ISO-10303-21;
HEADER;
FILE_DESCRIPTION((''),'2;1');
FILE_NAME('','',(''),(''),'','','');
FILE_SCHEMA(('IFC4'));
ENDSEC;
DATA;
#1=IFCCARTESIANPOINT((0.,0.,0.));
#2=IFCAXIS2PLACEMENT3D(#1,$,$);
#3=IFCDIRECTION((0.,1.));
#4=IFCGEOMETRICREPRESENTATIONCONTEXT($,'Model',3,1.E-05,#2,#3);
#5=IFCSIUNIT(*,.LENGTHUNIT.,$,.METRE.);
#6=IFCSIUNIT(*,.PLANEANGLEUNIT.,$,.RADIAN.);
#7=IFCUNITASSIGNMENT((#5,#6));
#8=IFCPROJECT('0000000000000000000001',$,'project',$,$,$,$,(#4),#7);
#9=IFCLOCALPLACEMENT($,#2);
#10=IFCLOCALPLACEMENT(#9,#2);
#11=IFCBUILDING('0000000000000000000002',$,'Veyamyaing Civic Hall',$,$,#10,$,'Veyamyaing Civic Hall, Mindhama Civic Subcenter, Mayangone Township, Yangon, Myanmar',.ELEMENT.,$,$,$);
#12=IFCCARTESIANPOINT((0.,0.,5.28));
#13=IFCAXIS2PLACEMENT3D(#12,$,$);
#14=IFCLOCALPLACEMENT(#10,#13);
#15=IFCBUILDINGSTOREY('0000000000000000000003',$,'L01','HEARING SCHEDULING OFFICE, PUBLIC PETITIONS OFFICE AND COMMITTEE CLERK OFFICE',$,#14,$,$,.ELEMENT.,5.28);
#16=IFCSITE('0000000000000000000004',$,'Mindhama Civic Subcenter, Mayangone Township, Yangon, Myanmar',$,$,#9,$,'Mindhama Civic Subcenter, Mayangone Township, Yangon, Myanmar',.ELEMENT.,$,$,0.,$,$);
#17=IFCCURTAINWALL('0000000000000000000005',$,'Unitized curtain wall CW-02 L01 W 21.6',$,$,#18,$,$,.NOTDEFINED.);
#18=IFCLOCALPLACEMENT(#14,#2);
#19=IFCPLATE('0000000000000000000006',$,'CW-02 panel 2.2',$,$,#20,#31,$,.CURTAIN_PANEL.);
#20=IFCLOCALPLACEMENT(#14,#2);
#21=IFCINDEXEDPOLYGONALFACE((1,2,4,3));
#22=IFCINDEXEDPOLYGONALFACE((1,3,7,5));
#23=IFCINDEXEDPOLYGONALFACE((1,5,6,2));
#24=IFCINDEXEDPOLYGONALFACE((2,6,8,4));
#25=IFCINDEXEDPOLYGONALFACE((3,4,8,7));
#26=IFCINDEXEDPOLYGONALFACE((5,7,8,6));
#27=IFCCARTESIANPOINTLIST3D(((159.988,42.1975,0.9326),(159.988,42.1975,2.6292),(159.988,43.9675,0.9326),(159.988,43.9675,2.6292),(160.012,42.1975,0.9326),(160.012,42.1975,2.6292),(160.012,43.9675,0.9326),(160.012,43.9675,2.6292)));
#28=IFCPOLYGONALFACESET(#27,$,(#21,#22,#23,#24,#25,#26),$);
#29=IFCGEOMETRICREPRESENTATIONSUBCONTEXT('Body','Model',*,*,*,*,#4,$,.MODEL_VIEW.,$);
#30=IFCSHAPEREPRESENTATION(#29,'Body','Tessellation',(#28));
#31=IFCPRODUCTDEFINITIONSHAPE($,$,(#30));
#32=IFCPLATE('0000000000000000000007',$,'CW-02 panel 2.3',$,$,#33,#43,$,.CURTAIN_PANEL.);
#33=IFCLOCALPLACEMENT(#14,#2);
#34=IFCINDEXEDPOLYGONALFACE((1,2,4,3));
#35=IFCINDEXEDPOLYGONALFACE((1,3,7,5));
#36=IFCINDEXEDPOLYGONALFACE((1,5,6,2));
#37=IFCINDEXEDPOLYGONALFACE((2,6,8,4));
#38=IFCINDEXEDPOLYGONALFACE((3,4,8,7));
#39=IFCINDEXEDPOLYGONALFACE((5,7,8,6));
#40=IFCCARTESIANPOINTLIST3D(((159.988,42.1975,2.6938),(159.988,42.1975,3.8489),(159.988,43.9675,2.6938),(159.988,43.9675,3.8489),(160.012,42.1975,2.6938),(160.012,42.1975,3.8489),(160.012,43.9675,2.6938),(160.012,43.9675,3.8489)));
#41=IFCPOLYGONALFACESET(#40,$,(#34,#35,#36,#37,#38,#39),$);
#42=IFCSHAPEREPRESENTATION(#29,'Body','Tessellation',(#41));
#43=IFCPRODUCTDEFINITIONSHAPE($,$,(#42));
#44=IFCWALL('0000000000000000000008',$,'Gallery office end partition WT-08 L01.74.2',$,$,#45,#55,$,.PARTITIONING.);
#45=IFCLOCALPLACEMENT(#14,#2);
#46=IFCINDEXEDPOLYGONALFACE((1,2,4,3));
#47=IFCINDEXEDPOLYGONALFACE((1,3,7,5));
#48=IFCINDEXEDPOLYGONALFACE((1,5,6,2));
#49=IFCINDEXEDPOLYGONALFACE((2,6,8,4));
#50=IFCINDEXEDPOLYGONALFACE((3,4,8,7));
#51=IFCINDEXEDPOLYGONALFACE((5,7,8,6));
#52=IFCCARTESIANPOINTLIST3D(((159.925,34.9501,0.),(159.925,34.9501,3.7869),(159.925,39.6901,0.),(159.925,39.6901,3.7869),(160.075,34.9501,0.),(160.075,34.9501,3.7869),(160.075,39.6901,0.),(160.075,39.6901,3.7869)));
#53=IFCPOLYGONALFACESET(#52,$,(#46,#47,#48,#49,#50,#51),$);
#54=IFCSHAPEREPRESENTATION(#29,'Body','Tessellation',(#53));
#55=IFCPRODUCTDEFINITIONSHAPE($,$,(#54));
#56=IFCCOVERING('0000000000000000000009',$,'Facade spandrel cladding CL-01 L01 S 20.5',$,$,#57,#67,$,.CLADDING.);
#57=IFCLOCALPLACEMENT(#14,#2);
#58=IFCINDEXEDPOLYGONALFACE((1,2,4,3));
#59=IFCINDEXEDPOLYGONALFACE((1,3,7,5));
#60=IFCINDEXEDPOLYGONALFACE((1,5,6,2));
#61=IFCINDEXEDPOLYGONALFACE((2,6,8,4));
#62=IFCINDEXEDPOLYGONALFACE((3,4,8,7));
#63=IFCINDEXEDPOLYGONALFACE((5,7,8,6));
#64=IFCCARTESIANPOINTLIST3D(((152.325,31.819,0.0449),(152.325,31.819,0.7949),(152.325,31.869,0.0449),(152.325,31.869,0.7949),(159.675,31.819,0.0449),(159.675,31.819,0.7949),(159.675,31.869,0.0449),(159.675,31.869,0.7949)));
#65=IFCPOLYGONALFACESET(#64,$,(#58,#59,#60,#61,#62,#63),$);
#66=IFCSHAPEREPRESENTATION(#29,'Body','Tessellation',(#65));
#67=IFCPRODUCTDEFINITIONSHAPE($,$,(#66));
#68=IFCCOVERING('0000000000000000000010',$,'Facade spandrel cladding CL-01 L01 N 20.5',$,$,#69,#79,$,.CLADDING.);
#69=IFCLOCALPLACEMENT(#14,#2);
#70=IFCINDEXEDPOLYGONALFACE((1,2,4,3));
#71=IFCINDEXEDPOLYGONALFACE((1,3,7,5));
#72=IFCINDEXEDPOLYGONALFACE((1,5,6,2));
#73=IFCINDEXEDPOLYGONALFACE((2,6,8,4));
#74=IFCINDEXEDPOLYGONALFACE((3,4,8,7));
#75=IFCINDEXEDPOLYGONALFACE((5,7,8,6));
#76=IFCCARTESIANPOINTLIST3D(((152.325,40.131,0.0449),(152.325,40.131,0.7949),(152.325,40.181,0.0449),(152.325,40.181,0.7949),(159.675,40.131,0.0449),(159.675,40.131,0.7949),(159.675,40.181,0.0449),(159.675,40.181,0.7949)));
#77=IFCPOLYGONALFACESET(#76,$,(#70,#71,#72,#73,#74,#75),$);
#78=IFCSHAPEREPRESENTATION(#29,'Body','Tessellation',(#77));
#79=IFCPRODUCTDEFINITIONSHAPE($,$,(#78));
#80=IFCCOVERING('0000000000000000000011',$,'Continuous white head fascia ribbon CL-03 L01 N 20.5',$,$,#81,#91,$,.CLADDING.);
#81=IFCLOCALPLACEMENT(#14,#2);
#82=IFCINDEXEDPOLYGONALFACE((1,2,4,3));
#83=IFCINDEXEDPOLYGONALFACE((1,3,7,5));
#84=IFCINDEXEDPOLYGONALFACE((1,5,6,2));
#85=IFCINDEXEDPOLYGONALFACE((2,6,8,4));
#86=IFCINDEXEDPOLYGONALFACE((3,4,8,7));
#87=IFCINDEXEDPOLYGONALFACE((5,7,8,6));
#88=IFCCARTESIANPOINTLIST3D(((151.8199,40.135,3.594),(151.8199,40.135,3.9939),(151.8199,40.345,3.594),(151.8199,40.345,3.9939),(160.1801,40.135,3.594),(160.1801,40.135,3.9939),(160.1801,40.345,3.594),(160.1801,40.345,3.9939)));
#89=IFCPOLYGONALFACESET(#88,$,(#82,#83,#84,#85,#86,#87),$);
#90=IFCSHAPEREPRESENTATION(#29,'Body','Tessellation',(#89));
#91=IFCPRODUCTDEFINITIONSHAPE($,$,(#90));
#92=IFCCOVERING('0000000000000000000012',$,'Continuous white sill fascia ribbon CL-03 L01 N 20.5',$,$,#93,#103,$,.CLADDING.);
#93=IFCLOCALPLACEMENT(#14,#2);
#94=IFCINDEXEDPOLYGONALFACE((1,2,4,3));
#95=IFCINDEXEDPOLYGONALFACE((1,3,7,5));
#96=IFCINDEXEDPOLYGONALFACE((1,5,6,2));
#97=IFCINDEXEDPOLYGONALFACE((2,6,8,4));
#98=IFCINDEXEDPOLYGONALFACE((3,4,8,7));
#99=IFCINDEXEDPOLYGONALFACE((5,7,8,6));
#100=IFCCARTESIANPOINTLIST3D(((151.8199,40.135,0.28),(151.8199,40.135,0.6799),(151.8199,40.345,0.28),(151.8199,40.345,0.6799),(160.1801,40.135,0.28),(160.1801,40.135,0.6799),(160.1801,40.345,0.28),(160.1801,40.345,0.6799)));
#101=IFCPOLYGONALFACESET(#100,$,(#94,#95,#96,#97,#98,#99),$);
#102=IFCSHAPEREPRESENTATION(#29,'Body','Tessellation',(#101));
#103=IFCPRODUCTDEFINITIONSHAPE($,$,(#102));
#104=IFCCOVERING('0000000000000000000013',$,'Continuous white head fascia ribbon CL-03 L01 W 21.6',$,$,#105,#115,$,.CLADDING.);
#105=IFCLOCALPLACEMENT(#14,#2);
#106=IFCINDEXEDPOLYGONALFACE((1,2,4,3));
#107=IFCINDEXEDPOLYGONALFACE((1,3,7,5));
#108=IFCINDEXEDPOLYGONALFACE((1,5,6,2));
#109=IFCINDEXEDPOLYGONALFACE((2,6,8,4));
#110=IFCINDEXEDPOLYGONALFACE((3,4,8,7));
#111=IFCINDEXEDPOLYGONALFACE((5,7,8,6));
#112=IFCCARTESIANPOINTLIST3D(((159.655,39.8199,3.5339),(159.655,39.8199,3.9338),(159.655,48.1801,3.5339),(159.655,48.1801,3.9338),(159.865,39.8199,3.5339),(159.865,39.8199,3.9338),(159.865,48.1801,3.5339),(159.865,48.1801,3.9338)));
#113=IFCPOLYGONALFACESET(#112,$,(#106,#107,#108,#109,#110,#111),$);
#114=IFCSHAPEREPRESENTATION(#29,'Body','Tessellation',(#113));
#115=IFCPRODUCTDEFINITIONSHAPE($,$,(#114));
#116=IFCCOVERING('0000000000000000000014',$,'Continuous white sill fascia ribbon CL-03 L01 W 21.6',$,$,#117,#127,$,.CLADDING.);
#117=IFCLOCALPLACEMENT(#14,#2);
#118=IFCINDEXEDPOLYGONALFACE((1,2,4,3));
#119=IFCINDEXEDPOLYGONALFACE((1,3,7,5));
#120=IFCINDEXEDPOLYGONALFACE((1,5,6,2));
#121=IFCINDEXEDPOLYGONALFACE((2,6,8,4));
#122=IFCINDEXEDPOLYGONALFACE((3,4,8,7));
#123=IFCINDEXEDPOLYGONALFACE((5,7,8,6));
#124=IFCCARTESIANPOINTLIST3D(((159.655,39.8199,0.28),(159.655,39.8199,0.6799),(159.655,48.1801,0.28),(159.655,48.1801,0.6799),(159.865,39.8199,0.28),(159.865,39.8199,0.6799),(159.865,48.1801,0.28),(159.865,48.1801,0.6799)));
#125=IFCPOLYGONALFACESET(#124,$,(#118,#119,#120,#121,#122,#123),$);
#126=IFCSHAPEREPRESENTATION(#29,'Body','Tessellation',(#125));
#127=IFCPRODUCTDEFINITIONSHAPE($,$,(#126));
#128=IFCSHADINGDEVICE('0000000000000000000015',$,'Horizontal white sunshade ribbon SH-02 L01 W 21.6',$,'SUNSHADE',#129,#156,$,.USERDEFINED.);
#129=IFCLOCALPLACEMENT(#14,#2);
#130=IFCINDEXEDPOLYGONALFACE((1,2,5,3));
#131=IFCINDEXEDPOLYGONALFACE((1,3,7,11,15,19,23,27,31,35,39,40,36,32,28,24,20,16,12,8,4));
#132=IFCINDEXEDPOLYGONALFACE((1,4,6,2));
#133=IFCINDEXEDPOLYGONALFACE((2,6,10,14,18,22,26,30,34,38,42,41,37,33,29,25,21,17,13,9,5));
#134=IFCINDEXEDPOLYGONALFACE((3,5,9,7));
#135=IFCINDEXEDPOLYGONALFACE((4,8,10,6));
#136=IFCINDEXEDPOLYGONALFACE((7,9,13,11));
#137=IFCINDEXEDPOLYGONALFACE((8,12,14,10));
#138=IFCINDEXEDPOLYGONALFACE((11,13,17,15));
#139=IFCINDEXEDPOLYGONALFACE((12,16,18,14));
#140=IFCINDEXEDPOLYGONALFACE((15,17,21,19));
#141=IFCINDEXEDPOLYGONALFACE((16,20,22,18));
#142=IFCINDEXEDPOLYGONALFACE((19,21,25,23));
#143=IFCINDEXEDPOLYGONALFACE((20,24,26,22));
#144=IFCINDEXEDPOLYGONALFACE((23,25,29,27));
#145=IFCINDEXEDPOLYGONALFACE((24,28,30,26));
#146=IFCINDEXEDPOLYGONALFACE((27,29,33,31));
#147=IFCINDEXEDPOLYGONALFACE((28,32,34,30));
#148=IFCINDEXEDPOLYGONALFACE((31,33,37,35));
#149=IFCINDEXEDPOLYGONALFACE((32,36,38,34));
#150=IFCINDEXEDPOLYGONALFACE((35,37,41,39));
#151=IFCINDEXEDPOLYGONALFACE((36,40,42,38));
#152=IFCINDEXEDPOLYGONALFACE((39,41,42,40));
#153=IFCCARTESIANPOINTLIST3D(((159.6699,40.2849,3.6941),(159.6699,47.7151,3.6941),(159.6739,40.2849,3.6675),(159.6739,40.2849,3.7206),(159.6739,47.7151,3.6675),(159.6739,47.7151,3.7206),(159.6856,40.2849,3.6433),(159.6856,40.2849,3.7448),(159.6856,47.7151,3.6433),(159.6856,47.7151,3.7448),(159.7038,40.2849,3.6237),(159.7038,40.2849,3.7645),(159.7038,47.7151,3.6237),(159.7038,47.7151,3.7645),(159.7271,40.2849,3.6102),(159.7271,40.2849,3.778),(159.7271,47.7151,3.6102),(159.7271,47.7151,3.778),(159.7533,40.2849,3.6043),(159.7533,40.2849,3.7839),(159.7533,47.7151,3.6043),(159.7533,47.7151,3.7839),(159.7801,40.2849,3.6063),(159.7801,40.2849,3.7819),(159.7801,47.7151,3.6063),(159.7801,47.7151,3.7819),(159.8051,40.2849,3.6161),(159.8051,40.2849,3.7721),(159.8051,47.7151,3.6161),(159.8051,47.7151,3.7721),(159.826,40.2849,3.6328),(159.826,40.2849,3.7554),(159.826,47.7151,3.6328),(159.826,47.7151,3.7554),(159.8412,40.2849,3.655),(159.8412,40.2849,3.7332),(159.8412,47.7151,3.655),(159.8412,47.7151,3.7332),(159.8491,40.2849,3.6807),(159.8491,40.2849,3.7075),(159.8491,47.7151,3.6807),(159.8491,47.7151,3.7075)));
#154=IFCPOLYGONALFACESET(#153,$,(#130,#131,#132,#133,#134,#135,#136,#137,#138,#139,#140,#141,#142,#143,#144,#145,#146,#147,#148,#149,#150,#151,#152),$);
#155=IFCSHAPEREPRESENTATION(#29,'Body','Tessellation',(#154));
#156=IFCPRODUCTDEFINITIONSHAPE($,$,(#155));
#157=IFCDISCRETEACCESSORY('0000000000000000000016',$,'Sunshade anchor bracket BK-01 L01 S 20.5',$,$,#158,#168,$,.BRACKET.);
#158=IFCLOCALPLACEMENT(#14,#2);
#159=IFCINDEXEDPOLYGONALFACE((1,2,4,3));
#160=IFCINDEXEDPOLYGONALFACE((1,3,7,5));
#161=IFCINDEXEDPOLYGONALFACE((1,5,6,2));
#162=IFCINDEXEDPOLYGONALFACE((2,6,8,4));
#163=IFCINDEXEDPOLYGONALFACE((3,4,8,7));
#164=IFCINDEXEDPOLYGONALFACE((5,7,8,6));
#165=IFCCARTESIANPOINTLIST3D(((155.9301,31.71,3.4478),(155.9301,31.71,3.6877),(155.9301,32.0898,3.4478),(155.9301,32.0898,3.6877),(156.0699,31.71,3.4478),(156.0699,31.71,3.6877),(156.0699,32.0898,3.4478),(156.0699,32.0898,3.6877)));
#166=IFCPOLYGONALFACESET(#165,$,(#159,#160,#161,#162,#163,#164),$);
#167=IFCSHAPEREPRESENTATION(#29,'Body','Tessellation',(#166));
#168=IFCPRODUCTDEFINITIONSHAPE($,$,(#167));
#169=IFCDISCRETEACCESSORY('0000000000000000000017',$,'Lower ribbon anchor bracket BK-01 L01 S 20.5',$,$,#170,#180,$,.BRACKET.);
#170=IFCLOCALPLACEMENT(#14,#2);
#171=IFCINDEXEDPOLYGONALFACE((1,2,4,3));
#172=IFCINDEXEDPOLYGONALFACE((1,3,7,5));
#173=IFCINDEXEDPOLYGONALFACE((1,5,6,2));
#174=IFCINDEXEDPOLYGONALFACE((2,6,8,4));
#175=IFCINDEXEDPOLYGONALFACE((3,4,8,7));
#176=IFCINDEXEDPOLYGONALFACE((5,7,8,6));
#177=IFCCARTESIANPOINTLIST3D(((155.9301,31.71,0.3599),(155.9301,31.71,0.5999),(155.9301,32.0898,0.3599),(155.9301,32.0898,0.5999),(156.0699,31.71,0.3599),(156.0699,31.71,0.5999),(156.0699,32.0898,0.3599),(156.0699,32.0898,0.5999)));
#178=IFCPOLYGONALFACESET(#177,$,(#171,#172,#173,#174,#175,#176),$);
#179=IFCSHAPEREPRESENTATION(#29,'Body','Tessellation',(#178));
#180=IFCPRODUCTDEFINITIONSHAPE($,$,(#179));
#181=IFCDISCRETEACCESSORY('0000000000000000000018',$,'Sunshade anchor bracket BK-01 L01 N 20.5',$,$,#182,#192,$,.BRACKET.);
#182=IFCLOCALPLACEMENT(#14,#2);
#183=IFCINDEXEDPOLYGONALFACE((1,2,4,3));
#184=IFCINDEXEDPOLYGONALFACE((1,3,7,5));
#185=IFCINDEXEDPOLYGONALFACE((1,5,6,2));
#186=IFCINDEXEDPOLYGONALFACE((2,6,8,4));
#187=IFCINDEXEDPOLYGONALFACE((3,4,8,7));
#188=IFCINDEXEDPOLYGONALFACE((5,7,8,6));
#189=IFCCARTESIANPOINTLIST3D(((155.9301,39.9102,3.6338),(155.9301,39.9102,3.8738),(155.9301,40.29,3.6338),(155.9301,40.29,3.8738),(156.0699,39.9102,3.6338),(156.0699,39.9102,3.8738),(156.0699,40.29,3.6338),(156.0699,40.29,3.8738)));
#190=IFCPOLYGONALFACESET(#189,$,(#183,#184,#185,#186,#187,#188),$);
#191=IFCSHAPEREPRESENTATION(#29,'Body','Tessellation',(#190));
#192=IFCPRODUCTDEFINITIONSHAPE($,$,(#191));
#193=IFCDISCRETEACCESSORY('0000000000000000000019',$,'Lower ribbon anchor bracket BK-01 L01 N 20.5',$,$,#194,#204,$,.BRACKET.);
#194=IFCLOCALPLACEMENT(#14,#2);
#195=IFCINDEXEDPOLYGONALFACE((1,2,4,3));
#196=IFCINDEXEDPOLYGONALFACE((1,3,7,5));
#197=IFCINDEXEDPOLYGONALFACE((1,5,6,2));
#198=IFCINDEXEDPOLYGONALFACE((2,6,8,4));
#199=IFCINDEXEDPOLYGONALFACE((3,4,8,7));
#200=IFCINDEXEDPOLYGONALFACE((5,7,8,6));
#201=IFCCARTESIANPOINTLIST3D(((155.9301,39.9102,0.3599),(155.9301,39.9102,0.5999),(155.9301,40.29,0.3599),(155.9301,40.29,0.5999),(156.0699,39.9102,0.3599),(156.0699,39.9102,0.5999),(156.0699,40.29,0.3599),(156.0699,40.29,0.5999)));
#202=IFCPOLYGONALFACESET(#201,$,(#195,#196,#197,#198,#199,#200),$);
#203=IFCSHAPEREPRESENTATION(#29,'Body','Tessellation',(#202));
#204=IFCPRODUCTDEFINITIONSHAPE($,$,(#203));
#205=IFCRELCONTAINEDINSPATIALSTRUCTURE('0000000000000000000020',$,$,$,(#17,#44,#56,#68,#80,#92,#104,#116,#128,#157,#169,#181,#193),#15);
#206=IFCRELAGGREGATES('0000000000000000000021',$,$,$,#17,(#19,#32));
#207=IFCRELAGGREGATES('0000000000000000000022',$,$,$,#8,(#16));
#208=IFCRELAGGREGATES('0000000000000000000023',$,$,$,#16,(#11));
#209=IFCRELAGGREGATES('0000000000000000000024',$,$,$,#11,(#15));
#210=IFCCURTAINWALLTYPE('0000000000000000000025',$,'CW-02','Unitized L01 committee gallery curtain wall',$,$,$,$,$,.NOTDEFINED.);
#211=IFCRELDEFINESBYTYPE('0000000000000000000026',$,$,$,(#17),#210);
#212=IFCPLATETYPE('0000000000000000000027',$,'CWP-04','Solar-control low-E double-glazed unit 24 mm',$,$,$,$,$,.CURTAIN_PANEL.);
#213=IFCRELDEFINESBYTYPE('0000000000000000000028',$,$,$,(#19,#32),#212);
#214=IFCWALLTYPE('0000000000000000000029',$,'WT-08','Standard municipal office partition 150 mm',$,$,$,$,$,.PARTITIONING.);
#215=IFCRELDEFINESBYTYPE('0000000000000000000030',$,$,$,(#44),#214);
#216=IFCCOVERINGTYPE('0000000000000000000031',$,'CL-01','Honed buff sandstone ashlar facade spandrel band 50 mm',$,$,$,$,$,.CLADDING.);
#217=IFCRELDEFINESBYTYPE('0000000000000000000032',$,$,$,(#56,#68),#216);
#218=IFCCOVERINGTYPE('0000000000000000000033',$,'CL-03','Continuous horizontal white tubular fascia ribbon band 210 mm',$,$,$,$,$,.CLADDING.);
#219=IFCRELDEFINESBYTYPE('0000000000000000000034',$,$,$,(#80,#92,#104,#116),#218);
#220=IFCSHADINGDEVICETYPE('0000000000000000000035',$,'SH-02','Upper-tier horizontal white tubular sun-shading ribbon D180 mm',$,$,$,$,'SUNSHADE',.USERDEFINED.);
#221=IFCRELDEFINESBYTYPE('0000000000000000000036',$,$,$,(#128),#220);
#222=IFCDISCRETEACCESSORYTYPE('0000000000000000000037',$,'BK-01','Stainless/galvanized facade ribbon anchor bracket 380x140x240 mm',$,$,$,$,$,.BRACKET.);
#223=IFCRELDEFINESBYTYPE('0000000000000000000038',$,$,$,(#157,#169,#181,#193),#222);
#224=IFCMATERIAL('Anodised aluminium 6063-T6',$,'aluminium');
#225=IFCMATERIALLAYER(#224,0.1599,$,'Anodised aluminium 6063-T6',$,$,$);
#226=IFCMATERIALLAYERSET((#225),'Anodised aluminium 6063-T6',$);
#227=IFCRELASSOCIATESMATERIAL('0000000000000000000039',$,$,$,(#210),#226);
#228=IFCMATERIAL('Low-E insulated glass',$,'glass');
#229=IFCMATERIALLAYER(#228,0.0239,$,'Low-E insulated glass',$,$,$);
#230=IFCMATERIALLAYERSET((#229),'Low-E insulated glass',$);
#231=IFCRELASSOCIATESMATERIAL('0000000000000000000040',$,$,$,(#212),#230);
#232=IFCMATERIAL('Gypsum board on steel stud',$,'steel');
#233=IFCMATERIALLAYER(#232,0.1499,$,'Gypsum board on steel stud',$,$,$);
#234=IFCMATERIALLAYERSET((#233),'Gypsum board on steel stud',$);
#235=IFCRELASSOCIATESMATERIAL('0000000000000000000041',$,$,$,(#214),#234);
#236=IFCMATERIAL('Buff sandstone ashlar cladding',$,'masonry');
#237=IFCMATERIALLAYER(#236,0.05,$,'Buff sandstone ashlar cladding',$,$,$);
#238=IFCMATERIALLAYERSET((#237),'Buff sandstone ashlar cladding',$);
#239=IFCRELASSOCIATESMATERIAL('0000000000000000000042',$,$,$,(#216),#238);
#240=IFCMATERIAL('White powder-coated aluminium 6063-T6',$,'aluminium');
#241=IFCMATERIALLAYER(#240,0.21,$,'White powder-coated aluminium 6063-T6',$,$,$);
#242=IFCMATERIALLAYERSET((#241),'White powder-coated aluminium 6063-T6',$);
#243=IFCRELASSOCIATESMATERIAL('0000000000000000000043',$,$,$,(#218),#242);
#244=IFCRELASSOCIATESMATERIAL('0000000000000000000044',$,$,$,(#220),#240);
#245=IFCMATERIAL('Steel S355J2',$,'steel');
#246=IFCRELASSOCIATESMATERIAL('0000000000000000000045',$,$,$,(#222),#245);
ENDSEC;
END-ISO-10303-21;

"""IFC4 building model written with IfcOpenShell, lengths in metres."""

from ifc_helpers import new_model, si_unit, direction, frame, frame_2d, origin, origin_2d, place, context, subcontext, project, spatial, rectangle, circle, extrude, material, layer, layer_set, material_profile, profile_set, type_object, element, aggregate, save


model = new_model("IFC4")

# Units and contexts
model_context = context("Model", 3, precision=1e-05, world=origin(), true_north=direction((0.0, 1.0)))
body_context = subcontext(model_context, "Body", "Model", "MODEL_VIEW")
ifc_project = project(units=[si_unit("LENGTHUNIT", "METRE"), si_unit("PLANEANGLEUNIT", "RADIAN")], contexts=[model_context])

# Site, building, storey
site_placement = place(None, origin())
site = spatial("IfcSite", under=ifc_project, at=site_placement, Name="Mindhama Civic Subcenter, Mayangone Township, Yangon, Myanmar", LongName="Mindhama Civic Subcenter, Mayangone Township, Yangon, Myanmar", CompositionType="ELEMENT", RefElevation=0.0)
building_placement = place(site_placement, origin())
building = spatial("IfcBuilding", under=site, at=building_placement, Name="Veyamyaing Civic Hall", LongName="Veyamyaing Civic Hall, Mindhama Civic Subcenter, Mayangone Township, Yangon, Myanmar", CompositionType="ELEMENT")
storey_placement = place(building_placement, frame((0.0, 0.0, 5.28)))
storey = spatial("IfcBuildingStorey", under=building, at=storey_placement, Name="L01", Description="HEARING SCHEDULING OFFICE, PUBLIC PETITIONS OFFICE AND COMMITTEE CLERK OFFICE", CompositionType="ELEMENT", Elevation=5.28)

# Curtain wall
ifc_material_1 = material(Name="Anodised aluminium 6063-T6", Category="aluminium")
ifc_layer_1 = layer(ifc_material_1, 0.1599, Name="Anodised aluminium 6063-T6")
ifc_layer_set_1 = layer_set([ifc_layer_1], Name="Anodised aluminium 6063-T6")
curtain_wall_type = type_object("IfcCurtainWallType", Name="CW-02", Description="Unitized L01 committee gallery curtain wall", PredefinedType="NOTDEFINED", material=ifc_layer_set_1)
curtain_wall_placement = place(storey_placement, origin())
curtain_wall = element("IfcCurtainWall", 1, at=curtain_wall_placement, inside=storey, type_object=curtain_wall_type, Name="Unitized curtain wall CW-02 L01 W 21.6", PredefinedType="NOTDEFINED")

# Plates
ifc_material_2 = material(Name="Low-E insulated glass", Category="glass")
ifc_layer_2 = layer(ifc_material_2, 0.0239, Name="Low-E insulated glass")
ifc_layer_set_2 = layer_set([ifc_layer_2], Name="Low-E insulated glass")
plate_type = type_object("IfcPlateType", Name="CWP-04", Description="Solar-control low-E double-glazed unit 24 mm", PredefinedType="CURTAIN_PANEL", material=ifc_layer_set_2)
plate_1_placement = place(storey_placement, frame((160.0, 43.0825, 0.9326), z_axis=(0.0, 0.0, 1.0), x_axis=(0.0, 1.0, 0.0)))
plate_1 = element("IfcPlate", 2, at=plate_1_placement, type_object=plate_type, Name="CW-02 panel 2.2", PredefinedType="CURTAIN_PANEL", context=body_context, shape_type="SweptSolid", body=[
    extrude(rectangle(XDim=1.77, YDim=0.0239, at=origin_2d()), origin(), (0.0, 0.0, 1.0), 1.6965),
])
plate_2_placement = place(storey_placement, frame((160.0, 43.0825, 2.6938), z_axis=(0.0, 0.0, 1.0), x_axis=(0.0, 1.0, 0.0)))
plate_2 = element("IfcPlate", 3, at=plate_2_placement, type_object=plate_type, Name="CW-02 panel 2.3", PredefinedType="CURTAIN_PANEL", context=body_context, shape_type="SweptSolid", body=[
    extrude(rectangle(XDim=1.77, YDim=0.0239, at=origin_2d()), origin(), (0.0, 0.0, 1.0), 1.155),
])
aggregate(curtain_wall, [plate_1, plate_2])

# Wall
ifc_material_3 = material(Name="Gypsum board on steel stud", Category="steel")
ifc_layer_3 = layer(ifc_material_3, 0.1499, Name="Gypsum board on steel stud")
ifc_layer_set_3 = layer_set([ifc_layer_3], Name="Gypsum board on steel stud")
wall_type = type_object("IfcWallType", Name="WT-08", Description="Standard municipal office partition 150 mm", PredefinedType="PARTITIONING", material=ifc_layer_set_3)
wall_placement = place(storey_placement, frame((160.0, 34.95, 0.0), z_axis=(0.0, 0.0, 1.0), x_axis=(0.0, 1.0, 0.0)))
element("IfcWall", 4, at=wall_placement, inside=storey, type_object=wall_type, Name="Gallery office end partition WT-08 L01.74.2", PredefinedType="PARTITIONING", context=body_context, shape_type="SweptSolid", body=[
    extrude(rectangle(XDim=4.74, YDim=0.1499, at=frame_2d((2.3701, 0.0))), origin(), (0.0, 0.0, 1.0), 3.7869),
])

# Coverings
ifc_material_4 = material(Name="Buff sandstone ashlar cladding", Category="masonry")
ifc_layer_4 = layer(ifc_material_4, 0.05, Name="Buff sandstone ashlar cladding")
ifc_layer_set_4 = layer_set([ifc_layer_4], Name="Buff sandstone ashlar cladding")
covering_type_1 = type_object("IfcCoveringType", Name="CL-01", Description="Honed buff sandstone ashlar facade spandrel band 50 mm", PredefinedType="CLADDING", material=ifc_layer_set_4)
for number, where, z_axis, x_axis, name in (
    (5, (156.0, 31.844, 0.0449), (0.0, 0.0, 1.0), (1.0, 0.0, 0.0), "Facade spandrel cladding CL-01 L01 S 20.5"),
    (6, (156.0, 40.156, 0.0449), (0.0, 0.0, 1.0), (1.0, 0.0, 0.0), "Facade spandrel cladding CL-01 L01 N 20.5"),
):
    element("IfcCovering", number, at=place(storey_placement, frame(where, z_axis=z_axis, x_axis=x_axis)), inside=storey, type_object=covering_type_1, Name=name, PredefinedType="CLADDING", context=body_context, shape_type="SweptSolid", body=[
        extrude(rectangle(XDim=7.3501, YDim=0.05, at=origin_2d()), origin(), (0.0, 0.0, 1.0), 0.75),
    ])
ifc_material_5 = material(Name="White powder-coated aluminium 6063-T6", Category="aluminium")
ifc_layer_5 = layer(ifc_material_5, 0.21, Name="White powder-coated aluminium 6063-T6")
ifc_layer_set_5 = layer_set([ifc_layer_5], Name="White powder-coated aluminium 6063-T6")
covering_type_2 = type_object("IfcCoveringType", Name="CL-03", Description="Continuous horizontal white tubular fascia ribbon band 210 mm", PredefinedType="CLADDING", material=ifc_layer_set_5)
for number, where, z_axis, x_axis, name in (
    (7, (156.0, 40.24, 3.594), (0.0, 0.0, 1.0), (1.0, 0.0, 0.0), "Continuous white head fascia ribbon CL-03 L01 N 20.5"),
    (8, (156.0, 40.24, 0.28), (0.0, 0.0, 1.0), (1.0, 0.0, 0.0), "Continuous white sill fascia ribbon CL-03 L01 N 20.5"),
    (9, (159.76, 44.0, 3.5339), (0.0, 0.0, 1.0), (0.0, 1.0, 0.0), "Continuous white head fascia ribbon CL-03 L01 W 21.6"),
    (10, (159.76, 44.0, 0.28), (0.0, 0.0, 1.0), (0.0, 1.0, 0.0), "Continuous white sill fascia ribbon CL-03 L01 W 21.6"),
):
    element("IfcCovering", number, at=place(storey_placement, frame(where, z_axis=z_axis, x_axis=x_axis)), inside=storey, type_object=covering_type_2, Name=name, PredefinedType="CLADDING", context=body_context, shape_type="SweptSolid", body=[
        extrude(rectangle(XDim=8.3601, YDim=0.21, at=origin_2d()), origin(), (0.0, 0.0, 1.0), 0.3999),
    ])

# Shading device
ifc_material_profile_1 = material_profile(ifc_material_5, circle(Radius=0.0901, at=origin_2d()), Name="SHADE-TUBE-180")
ifc_profile_set_1 = profile_set([ifc_material_profile_1], Name="White powder-coated aluminium 6063-T6")
shading_device_type = type_object("IfcShadingDeviceType", Name="SH-02", Description="Upper-tier horizontal white tubular sun-shading ribbon D180 mm", ElementType="SUNSHADE", PredefinedType="USERDEFINED", material=ifc_profile_set_1)
shading_device_placement = place(storey_placement, frame((159.76, 40.2849, 3.6941), z_axis=(0.0, 1.0, 0.0), x_axis=(-1.0, 0.0, 0.0)))
element("IfcShadingDevice", 11, at=shading_device_placement, inside=storey, type_object=shading_device_type, Name="Horizontal white sunshade ribbon SH-02 L01 W 21.6", ObjectType="SUNSHADE", PredefinedType="USERDEFINED", context=body_context, shape_type="SweptSolid", body=[
    extrude(circle(Radius=0.0901, at=origin_2d()), origin(), (0.0, 0.0, 1.0), 7.4302),
])

# Discrete accessories
ifc_material_6 = material(Name="Steel S355J2", Category="steel")
discrete_accessory_type = type_object("IfcDiscreteAccessoryType", Name="BK-01", Description="Stainless/galvanized facade ribbon anchor bracket 380x140x240 mm", PredefinedType="BRACKET", material=ifc_material_6)
for number, where, z_axis, x_axis, name in (
    (12, (156.0, 31.8999, 3.4478), (0.0, 0.0, 1.0), (0.0, -1.0, 0.0), "Sunshade anchor bracket BK-01 L01 S 20.5"),
    (13, (156.0, 31.8999, 0.3599), (0.0, 0.0, 1.0), (0.0, -1.0, 0.0), "Lower ribbon anchor bracket BK-01 L01 S 20.5"),
    (14, (156.0, 40.1001, 3.6338), (0.0, 0.0, 1.0), (0.0, 1.0, 0.0), "Sunshade anchor bracket BK-01 L01 N 20.5"),
    (15, (156.0, 40.1001, 0.3599), (0.0, 0.0, 1.0), (0.0, 1.0, 0.0), "Lower ribbon anchor bracket BK-01 L01 N 20.5"),
):
    element("IfcDiscreteAccessory", number, at=place(storey_placement, frame(where, z_axis=z_axis, x_axis=x_axis)), inside=storey, type_object=discrete_accessory_type, Name=name, PredefinedType="BRACKET", context=body_context, shape_type="SweptSolid", body=[
        extrude(rectangle(XDim=0.3799, YDim=0.1399, at=origin_2d()), origin(), (0.0, 0.0, 1.0), 0.24),
    ])

save(model, "model.ifc")
